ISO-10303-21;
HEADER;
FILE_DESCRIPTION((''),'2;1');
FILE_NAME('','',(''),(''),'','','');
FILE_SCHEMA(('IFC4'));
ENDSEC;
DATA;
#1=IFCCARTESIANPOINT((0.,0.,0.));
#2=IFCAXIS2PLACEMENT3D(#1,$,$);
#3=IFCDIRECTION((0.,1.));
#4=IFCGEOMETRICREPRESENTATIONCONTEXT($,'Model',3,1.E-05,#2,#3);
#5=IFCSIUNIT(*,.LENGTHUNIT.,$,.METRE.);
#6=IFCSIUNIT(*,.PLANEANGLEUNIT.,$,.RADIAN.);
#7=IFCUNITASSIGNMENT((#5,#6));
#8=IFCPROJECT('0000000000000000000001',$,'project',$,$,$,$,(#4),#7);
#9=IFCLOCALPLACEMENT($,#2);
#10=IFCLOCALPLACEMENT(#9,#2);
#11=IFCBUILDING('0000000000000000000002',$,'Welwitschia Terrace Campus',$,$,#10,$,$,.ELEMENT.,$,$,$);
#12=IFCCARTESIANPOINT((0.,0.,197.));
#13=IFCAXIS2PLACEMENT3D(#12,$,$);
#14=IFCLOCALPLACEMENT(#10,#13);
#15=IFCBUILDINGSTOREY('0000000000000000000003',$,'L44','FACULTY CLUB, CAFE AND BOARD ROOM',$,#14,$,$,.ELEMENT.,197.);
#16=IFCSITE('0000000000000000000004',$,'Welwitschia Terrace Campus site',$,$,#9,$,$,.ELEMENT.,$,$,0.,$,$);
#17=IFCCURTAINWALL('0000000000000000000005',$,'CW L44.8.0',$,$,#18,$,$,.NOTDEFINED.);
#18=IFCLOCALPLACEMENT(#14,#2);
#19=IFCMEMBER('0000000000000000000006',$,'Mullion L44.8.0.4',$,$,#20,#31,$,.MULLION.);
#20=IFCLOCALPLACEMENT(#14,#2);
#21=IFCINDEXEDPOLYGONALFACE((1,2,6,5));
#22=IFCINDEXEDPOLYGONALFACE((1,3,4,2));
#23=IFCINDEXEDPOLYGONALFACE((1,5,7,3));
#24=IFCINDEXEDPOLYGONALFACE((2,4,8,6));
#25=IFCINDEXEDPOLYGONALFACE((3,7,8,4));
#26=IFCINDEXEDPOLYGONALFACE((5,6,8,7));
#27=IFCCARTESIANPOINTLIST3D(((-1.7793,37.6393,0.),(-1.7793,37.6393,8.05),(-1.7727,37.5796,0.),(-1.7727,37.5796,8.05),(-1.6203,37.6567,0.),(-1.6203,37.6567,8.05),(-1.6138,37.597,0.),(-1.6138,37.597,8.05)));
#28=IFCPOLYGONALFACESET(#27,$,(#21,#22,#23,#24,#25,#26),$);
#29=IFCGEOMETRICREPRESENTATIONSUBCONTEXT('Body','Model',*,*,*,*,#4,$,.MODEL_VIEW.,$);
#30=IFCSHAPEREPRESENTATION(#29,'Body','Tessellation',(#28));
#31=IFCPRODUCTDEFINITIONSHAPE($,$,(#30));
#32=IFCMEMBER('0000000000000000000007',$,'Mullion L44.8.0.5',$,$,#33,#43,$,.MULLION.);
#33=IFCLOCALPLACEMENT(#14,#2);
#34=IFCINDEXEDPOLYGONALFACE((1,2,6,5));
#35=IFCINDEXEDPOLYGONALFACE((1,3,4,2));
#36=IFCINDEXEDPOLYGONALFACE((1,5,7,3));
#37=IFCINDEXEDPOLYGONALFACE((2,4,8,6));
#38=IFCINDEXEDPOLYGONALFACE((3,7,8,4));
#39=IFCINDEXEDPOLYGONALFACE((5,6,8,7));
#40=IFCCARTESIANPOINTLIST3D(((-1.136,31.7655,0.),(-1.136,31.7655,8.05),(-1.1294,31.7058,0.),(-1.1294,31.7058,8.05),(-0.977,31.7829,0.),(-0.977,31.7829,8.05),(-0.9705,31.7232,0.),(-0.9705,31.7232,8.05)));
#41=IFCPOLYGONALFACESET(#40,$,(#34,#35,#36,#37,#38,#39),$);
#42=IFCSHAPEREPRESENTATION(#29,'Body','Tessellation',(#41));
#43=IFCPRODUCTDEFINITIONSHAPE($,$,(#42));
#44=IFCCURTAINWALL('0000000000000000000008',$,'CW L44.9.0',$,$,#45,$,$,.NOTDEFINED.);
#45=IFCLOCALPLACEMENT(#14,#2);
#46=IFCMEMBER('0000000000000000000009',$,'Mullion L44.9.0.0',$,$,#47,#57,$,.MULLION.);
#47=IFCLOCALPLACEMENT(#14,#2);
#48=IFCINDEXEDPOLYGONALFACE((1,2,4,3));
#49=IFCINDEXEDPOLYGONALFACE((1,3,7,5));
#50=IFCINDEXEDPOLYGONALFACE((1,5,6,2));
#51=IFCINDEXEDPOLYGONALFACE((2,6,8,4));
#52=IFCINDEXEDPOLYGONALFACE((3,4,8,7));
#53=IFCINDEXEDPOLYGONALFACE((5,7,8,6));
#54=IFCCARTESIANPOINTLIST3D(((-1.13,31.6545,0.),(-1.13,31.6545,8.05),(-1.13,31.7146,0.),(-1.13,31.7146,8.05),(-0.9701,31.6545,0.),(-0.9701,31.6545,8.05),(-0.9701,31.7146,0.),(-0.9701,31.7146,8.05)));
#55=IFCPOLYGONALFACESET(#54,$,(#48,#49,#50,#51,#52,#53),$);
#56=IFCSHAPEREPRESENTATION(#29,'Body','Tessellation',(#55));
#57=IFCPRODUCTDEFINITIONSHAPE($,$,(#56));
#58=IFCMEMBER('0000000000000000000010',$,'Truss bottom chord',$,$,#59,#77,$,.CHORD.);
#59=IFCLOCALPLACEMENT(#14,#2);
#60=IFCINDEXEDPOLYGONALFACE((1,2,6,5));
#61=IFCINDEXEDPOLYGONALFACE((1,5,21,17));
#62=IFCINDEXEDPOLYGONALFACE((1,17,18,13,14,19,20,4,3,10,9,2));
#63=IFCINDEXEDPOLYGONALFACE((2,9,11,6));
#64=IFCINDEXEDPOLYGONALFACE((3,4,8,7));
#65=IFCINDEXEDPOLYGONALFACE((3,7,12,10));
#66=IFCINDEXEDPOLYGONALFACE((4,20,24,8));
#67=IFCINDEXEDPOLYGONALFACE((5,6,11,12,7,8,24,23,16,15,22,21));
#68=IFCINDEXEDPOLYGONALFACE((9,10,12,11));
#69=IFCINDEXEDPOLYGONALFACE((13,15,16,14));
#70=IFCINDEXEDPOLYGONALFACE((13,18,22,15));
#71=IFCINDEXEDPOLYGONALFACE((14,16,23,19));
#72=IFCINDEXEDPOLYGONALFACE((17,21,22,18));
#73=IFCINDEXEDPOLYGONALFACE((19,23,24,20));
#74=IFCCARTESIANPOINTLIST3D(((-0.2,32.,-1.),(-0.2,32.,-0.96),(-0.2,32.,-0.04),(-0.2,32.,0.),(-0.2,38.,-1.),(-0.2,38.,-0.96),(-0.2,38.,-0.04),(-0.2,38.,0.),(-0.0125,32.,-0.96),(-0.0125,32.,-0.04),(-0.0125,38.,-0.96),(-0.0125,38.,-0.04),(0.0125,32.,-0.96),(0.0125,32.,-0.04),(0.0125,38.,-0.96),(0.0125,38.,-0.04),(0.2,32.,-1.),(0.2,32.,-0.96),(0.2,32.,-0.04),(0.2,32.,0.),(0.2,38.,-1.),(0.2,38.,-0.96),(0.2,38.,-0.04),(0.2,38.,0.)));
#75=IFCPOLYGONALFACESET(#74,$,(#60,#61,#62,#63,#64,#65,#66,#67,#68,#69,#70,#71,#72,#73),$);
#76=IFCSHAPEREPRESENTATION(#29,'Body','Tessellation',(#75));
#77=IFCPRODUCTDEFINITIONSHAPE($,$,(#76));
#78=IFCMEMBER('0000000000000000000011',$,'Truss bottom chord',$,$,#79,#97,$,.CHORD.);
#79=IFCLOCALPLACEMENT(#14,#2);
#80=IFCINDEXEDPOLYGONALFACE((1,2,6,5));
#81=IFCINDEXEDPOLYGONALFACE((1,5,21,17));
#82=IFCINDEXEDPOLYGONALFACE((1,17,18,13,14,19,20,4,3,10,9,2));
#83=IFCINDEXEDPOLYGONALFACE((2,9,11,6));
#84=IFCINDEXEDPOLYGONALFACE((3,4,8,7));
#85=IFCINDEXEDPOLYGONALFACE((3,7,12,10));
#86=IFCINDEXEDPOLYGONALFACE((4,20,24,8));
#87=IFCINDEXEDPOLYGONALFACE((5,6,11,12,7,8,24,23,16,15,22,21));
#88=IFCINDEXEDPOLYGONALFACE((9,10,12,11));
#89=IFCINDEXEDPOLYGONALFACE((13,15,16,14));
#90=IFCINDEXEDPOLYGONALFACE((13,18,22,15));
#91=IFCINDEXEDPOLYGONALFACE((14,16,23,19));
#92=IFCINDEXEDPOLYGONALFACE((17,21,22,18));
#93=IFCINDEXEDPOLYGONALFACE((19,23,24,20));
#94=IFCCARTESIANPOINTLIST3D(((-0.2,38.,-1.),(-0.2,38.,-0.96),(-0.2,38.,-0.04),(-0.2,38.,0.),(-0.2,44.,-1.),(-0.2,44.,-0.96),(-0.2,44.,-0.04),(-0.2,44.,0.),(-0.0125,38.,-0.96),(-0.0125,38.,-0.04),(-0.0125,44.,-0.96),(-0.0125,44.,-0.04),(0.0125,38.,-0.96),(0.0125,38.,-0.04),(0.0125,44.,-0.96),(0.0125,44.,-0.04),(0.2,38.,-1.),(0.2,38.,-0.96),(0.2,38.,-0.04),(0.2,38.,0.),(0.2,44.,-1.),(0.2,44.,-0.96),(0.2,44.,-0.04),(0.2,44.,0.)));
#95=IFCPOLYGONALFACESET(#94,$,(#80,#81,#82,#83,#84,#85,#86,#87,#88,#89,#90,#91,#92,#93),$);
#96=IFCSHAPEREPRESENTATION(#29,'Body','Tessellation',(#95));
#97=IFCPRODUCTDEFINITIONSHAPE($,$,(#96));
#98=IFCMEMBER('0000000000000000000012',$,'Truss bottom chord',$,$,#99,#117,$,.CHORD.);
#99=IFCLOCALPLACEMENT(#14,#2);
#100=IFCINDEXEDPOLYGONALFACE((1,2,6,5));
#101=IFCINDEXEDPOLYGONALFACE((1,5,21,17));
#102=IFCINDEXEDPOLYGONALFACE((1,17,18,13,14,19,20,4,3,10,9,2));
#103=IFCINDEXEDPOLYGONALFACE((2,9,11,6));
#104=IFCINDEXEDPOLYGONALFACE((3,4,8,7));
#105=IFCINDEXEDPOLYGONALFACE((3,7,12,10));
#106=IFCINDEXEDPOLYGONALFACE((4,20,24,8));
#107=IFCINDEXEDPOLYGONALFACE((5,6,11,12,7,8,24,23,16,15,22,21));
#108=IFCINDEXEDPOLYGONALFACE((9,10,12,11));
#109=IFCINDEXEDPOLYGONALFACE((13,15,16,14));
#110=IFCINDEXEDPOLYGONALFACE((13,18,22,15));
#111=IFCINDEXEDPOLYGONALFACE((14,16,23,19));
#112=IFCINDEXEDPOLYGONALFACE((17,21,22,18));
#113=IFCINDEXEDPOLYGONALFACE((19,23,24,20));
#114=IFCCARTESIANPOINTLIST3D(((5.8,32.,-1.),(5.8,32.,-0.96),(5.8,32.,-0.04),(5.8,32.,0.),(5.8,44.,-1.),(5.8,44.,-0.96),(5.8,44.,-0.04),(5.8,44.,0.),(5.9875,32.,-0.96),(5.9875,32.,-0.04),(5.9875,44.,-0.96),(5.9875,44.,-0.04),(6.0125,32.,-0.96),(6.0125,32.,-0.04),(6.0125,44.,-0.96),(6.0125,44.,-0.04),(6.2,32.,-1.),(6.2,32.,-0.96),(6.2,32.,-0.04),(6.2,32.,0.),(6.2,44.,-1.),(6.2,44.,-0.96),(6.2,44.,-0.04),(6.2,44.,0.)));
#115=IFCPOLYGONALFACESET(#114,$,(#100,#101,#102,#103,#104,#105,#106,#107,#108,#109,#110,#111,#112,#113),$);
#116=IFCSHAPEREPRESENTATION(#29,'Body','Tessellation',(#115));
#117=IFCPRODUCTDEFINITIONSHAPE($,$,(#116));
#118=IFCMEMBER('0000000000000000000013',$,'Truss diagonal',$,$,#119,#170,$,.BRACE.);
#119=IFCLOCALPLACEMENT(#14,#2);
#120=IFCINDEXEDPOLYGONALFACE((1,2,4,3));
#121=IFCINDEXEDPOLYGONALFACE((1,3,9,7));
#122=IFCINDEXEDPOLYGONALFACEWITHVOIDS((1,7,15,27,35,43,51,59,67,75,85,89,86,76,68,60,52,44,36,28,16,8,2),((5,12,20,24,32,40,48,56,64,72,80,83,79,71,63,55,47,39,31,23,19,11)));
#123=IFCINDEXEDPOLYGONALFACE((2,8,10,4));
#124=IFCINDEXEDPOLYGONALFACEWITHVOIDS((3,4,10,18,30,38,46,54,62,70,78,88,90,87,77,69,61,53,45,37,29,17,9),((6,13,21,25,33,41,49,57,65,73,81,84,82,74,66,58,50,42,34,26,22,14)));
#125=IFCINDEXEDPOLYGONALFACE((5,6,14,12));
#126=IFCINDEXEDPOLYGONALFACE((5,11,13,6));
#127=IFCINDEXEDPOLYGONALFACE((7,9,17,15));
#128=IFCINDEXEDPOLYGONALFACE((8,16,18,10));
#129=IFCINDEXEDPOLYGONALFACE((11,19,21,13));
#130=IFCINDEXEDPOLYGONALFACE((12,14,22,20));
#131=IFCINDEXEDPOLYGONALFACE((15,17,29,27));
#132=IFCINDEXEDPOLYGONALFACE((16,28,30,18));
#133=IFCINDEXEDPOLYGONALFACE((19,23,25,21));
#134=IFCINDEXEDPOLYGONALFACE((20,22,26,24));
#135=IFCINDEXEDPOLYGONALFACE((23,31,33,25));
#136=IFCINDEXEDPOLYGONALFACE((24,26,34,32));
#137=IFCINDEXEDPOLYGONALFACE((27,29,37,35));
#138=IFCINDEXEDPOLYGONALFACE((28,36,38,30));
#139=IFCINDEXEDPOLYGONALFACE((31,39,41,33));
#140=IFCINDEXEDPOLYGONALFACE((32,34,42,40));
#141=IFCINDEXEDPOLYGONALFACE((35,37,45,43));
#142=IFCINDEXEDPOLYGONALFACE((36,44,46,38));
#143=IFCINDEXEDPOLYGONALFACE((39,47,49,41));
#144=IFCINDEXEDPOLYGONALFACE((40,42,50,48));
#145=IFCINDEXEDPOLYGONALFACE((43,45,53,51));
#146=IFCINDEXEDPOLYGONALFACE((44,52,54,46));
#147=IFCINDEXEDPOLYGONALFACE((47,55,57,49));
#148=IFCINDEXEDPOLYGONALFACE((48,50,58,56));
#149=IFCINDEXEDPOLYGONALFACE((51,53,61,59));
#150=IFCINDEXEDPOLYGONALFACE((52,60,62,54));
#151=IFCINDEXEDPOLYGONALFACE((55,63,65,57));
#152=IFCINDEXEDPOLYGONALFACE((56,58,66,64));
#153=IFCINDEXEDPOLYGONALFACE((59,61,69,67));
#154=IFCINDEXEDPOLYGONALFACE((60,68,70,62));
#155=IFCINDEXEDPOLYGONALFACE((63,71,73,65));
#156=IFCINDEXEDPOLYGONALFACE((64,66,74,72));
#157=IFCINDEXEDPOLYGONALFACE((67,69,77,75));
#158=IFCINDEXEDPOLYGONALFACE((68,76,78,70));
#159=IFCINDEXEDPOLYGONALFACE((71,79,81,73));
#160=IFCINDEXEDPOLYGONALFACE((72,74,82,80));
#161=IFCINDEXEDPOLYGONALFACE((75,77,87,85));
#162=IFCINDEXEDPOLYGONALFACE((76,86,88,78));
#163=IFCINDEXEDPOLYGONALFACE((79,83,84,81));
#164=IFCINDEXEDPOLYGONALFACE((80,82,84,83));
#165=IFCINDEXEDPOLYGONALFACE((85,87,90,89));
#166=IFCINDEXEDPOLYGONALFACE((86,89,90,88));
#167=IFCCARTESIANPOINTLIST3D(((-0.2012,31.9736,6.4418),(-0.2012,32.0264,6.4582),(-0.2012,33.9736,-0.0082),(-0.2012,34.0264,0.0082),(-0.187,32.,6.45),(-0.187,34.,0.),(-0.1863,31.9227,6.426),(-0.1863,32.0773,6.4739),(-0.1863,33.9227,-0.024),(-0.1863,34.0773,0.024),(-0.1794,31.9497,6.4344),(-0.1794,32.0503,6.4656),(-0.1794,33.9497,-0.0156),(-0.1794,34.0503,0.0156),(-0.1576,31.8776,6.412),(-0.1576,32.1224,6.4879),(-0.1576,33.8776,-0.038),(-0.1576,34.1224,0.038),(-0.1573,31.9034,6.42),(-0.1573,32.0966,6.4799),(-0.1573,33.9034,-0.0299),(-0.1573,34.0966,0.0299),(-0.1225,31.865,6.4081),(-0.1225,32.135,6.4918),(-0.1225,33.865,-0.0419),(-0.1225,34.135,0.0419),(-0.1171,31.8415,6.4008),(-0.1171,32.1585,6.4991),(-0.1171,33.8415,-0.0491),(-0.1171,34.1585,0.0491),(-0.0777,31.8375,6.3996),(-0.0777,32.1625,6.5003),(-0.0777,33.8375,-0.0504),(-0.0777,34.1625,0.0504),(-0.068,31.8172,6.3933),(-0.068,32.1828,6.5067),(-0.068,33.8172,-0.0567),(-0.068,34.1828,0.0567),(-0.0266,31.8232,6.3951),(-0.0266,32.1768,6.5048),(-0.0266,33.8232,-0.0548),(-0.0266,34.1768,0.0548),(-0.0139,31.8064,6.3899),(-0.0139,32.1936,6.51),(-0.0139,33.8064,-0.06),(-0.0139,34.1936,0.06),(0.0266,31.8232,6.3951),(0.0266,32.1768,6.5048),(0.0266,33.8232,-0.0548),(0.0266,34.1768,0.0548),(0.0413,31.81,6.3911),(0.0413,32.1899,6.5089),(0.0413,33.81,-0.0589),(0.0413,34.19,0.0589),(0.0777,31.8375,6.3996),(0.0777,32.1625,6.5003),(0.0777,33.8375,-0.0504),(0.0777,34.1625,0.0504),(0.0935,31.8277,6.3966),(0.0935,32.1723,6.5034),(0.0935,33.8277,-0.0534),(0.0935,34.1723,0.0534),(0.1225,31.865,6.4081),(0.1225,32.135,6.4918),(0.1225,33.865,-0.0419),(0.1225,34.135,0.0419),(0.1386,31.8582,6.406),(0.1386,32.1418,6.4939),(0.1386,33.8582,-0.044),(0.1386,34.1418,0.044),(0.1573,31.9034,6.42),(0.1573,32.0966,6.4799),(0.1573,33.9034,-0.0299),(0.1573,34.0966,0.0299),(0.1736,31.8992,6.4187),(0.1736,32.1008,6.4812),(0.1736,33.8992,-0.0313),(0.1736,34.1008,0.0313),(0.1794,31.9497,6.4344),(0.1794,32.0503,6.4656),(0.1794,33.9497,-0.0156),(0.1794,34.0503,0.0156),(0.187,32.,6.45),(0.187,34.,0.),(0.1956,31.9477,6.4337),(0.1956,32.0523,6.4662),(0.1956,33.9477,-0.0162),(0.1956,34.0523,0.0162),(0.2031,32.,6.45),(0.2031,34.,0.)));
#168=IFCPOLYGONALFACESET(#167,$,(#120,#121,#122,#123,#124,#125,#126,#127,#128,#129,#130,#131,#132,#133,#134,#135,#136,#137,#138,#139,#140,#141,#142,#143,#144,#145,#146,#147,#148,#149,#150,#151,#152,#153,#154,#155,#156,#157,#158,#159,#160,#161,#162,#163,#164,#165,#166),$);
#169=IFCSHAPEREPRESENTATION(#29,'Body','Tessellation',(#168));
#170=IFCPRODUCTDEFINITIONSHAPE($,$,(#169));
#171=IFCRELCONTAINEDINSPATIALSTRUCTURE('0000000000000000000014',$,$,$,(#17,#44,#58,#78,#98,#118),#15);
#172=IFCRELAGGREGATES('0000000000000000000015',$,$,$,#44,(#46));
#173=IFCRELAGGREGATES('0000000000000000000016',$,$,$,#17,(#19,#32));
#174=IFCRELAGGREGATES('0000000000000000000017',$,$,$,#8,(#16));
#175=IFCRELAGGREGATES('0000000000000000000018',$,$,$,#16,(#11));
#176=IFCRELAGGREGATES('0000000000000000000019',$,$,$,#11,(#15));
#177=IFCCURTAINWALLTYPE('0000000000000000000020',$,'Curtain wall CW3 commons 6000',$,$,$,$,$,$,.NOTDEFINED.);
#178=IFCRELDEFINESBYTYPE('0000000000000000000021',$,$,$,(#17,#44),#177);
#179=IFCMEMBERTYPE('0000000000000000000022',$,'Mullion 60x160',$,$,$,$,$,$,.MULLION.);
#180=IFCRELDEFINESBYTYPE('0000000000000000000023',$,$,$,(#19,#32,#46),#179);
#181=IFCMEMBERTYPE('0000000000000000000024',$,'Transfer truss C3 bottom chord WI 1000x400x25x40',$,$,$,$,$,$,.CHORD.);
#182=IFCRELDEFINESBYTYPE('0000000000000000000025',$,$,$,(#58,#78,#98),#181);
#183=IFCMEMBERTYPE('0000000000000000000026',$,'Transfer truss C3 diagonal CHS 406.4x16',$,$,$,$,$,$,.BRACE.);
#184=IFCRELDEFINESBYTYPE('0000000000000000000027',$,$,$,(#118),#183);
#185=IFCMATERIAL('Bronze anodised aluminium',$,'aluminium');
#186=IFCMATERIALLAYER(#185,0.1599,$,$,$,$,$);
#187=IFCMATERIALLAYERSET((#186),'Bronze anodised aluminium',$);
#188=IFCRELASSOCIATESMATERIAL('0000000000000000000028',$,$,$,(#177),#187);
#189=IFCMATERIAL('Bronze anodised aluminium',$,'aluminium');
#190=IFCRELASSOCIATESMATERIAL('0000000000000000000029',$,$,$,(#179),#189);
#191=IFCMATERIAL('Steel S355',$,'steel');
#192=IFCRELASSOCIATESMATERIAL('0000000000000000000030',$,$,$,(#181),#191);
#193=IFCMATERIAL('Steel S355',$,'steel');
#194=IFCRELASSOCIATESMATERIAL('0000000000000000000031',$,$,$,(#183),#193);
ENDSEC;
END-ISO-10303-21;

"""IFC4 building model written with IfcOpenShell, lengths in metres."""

from ifc_helpers import new_model, si_unit, direction, frame, origin, origin_2d, place, context, subcontext, project, spatial, rectangle, hollow_circle, i_section, extrude, material, layer, layer_set, material_profile, profile_set, type_object, element, aggregate, save


model = new_model("IFC4")

# Units and contexts
model_context = context("Model", 3, precision=1e-05, world=origin(), true_north=direction((0.0, 1.0)))
body_context = subcontext(model_context, "Body", "Model", "MODEL_VIEW")
ifc_project = project(units=[si_unit("LENGTHUNIT", "METRE"), si_unit("PLANEANGLEUNIT", "RADIAN")], contexts=[model_context])

# Site, building, storey
site_placement = place(None, origin())
site = spatial("IfcSite", under=ifc_project, at=site_placement, Name="Welwitschia Terrace Campus site", CompositionType="ELEMENT", RefElevation=0.0)
building_placement = place(site_placement, origin())
building = spatial("IfcBuilding", under=site, at=building_placement, Name="Welwitschia Terrace Campus", CompositionType="ELEMENT")
storey_placement = place(building_placement, frame((0.0, 0.0, 197.0)))
storey = spatial("IfcBuildingStorey", under=building, at=storey_placement, Name="L44", Description="FACULTY CLUB, CAFE AND BOARD ROOM", CompositionType="ELEMENT", Elevation=197.0)

# Curtain wall, members
ifc_material_1 = material(Name="Bronze anodised aluminium", Category="aluminium")
ifc_layer_1 = layer(ifc_material_1, 0.1599)
ifc_layer_set_1 = layer_set([ifc_layer_1], Name="Bronze anodised aluminium")
curtain_wall_type = type_object("IfcCurtainWallType", Name="Curtain wall CW3 commons 6000", PredefinedType="NOTDEFINED", material=ifc_layer_set_1)
curtain_wall_1_placement = place(storey_placement, origin())
curtain_wall_1 = element("IfcCurtainWall", 1, at=curtain_wall_1_placement, inside=storey, type_object=curtain_wall_type, Name="CW L44.8.0", PredefinedType="NOTDEFINED")
ifc_material_2 = material(Name="Bronze anodised aluminium", Category="aluminium")
ifc_material_profile_1 = material_profile(ifc_material_2, rectangle(XDim=0.1599, YDim=0.0601, at=origin_2d()))
ifc_profile_set_1 = profile_set([ifc_material_profile_1], Name="Bronze anodised aluminium")
member_type_1 = type_object("IfcMemberType", Name="Mullion 60x160", PredefinedType="MULLION", material=ifc_profile_set_1)
member_1_placement = place(storey_placement, frame((-1.6965, 37.6182, 0.0), z_axis=(0.0, 0.0, 1.0), x_axis=(0.994056, 0.108867, 0.0)))
member_1 = element("IfcMember", 2, at=member_1_placement, type_object=member_type_1, Name="Mullion L44.8.0.4", PredefinedType="MULLION", context=body_context, shape_type="SweptSolid", body=[
    extrude(rectangle(XDim=0.1599, YDim=0.0601, at=origin_2d()), origin(), (0.0, 0.0, 1.0), 8.05),
])
member_2_placement = place(storey_placement, frame((-1.0532, 31.7444, 0.0), z_axis=(0.0, 0.0, 1.0), x_axis=(0.994056, 0.108867, 0.0)))
member_2 = element("IfcMember", 3, at=member_2_placement, type_object=member_type_1, Name="Mullion L44.8.0.5", PredefinedType="MULLION", context=body_context, shape_type="SweptSolid", body=[
    extrude(rectangle(XDim=0.1599, YDim=0.0601, at=origin_2d()), origin(), (0.0, 0.0, 1.0), 8.05),
])

# Curtain wall, member
curtain_wall_2_placement = place(storey_placement, origin())
curtain_wall_2 = element("IfcCurtainWall", 4, at=curtain_wall_2_placement, inside=storey, type_object=curtain_wall_type, Name="CW L44.9.0", PredefinedType="NOTDEFINED")
member_3_placement = place(storey_placement, frame((-1.05, 31.6846, 0.0), z_axis=(0.0, 0.0, 1.0), x_axis=(1.0, 0.0, 0.0)))
member_3 = element("IfcMember", 5, at=member_3_placement, type_object=member_type_1, Name="Mullion L44.9.0.0", PredefinedType="MULLION", context=body_context, shape_type="SweptSolid", body=[
    extrude(rectangle(XDim=0.1599, YDim=0.0601, at=origin_2d()), origin(), (0.0, 0.0, 1.0), 8.05),
])

# Members
ifc_material_3 = material(Name="Steel S355", Category="steel")
ifc_material_profile_2 = material_profile(ifc_material_3, i_section(OverallWidth=0.3999, OverallDepth=1.0, WebThickness=0.0249, FlangeThickness=0.04, at=origin_2d()))
ifc_profile_set_2 = profile_set([ifc_material_profile_2], Name="Steel S355")
member_type_2 = type_object("IfcMemberType", Name="Transfer truss C3 bottom chord WI 1000x400x25x40", PredefinedType="CHORD", material=ifc_profile_set_2)
for number, where, z_axis, x_axis, name in (
    (6, (0.0, 32.0, -0.5), (0.0, 1.0, 0.0), (-1.0, 0.0, 0.0), "Truss bottom chord"),
    (7, (0.0, 38.0, -0.5), (0.0, 1.0, 0.0), (-1.0, 0.0, 0.0), "Truss bottom chord"),
):
    element("IfcMember", number, at=place(storey_placement, frame(where, z_axis=z_axis, x_axis=x_axis)), inside=storey, type_object=member_type_2, Name=name, PredefinedType="CHORD", context=body_context, shape_type="SweptSolid", body=[
        extrude(i_section(OverallWidth=0.3999, OverallDepth=1.0, WebThickness=0.0249, FlangeThickness=0.04, at=origin_2d()), origin(), (0.0, 0.0, 1.0), 6.0),
    ])
member_4_placement = place(storey_placement, frame((6.0, 32.0, -0.5), z_axis=(0.0, 1.0, 0.0), x_axis=(-1.0, 0.0, 0.0)))
element("IfcMember", 8, at=member_4_placement, inside=storey, type_object=member_type_2, Name="Truss bottom chord", PredefinedType="CHORD", context=body_context, shape_type="SweptSolid", body=[
    extrude(i_section(OverallWidth=0.3999, OverallDepth=1.0, WebThickness=0.0249, FlangeThickness=0.04, at=origin_2d()), origin(), (0.0, 0.0, 1.0), 12.0),
])
ifc_material_4 = material(Name="Steel S355", Category="steel")
ifc_material_profile_3 = material_profile(ifc_material_4, hollow_circle(Radius=0.2031, WallThickness=0.0161, at=origin_2d()))
ifc_profile_set_3 = profile_set([ifc_material_profile_3], Name="Steel S355")
member_type_3 = type_object("IfcMemberType", Name="Transfer truss C3 diagonal CHS 406.4x16", PredefinedType="BRACE", material=ifc_profile_set_3)
member_5_placement = place(storey_placement, frame((0.0, 34.0, 0.0), z_axis=(0.0, -0.296168, 0.955136), x_axis=(1.0, 0.0, 0.0)))
element("IfcMember", 9, at=member_5_placement, inside=storey, type_object=member_type_3, Name="Truss diagonal", PredefinedType="BRACE", context=body_context, shape_type="SweptSolid", body=[
    extrude(hollow_circle(Radius=0.2031, WallThickness=0.0161, at=origin_2d()), origin(), (0.0, 0.0, 1.0), 6.7529),
])

aggregate(curtain_wall_2, [member_3])
aggregate(curtain_wall_1, [member_1, member_2])

save(model, "model.ifc")
